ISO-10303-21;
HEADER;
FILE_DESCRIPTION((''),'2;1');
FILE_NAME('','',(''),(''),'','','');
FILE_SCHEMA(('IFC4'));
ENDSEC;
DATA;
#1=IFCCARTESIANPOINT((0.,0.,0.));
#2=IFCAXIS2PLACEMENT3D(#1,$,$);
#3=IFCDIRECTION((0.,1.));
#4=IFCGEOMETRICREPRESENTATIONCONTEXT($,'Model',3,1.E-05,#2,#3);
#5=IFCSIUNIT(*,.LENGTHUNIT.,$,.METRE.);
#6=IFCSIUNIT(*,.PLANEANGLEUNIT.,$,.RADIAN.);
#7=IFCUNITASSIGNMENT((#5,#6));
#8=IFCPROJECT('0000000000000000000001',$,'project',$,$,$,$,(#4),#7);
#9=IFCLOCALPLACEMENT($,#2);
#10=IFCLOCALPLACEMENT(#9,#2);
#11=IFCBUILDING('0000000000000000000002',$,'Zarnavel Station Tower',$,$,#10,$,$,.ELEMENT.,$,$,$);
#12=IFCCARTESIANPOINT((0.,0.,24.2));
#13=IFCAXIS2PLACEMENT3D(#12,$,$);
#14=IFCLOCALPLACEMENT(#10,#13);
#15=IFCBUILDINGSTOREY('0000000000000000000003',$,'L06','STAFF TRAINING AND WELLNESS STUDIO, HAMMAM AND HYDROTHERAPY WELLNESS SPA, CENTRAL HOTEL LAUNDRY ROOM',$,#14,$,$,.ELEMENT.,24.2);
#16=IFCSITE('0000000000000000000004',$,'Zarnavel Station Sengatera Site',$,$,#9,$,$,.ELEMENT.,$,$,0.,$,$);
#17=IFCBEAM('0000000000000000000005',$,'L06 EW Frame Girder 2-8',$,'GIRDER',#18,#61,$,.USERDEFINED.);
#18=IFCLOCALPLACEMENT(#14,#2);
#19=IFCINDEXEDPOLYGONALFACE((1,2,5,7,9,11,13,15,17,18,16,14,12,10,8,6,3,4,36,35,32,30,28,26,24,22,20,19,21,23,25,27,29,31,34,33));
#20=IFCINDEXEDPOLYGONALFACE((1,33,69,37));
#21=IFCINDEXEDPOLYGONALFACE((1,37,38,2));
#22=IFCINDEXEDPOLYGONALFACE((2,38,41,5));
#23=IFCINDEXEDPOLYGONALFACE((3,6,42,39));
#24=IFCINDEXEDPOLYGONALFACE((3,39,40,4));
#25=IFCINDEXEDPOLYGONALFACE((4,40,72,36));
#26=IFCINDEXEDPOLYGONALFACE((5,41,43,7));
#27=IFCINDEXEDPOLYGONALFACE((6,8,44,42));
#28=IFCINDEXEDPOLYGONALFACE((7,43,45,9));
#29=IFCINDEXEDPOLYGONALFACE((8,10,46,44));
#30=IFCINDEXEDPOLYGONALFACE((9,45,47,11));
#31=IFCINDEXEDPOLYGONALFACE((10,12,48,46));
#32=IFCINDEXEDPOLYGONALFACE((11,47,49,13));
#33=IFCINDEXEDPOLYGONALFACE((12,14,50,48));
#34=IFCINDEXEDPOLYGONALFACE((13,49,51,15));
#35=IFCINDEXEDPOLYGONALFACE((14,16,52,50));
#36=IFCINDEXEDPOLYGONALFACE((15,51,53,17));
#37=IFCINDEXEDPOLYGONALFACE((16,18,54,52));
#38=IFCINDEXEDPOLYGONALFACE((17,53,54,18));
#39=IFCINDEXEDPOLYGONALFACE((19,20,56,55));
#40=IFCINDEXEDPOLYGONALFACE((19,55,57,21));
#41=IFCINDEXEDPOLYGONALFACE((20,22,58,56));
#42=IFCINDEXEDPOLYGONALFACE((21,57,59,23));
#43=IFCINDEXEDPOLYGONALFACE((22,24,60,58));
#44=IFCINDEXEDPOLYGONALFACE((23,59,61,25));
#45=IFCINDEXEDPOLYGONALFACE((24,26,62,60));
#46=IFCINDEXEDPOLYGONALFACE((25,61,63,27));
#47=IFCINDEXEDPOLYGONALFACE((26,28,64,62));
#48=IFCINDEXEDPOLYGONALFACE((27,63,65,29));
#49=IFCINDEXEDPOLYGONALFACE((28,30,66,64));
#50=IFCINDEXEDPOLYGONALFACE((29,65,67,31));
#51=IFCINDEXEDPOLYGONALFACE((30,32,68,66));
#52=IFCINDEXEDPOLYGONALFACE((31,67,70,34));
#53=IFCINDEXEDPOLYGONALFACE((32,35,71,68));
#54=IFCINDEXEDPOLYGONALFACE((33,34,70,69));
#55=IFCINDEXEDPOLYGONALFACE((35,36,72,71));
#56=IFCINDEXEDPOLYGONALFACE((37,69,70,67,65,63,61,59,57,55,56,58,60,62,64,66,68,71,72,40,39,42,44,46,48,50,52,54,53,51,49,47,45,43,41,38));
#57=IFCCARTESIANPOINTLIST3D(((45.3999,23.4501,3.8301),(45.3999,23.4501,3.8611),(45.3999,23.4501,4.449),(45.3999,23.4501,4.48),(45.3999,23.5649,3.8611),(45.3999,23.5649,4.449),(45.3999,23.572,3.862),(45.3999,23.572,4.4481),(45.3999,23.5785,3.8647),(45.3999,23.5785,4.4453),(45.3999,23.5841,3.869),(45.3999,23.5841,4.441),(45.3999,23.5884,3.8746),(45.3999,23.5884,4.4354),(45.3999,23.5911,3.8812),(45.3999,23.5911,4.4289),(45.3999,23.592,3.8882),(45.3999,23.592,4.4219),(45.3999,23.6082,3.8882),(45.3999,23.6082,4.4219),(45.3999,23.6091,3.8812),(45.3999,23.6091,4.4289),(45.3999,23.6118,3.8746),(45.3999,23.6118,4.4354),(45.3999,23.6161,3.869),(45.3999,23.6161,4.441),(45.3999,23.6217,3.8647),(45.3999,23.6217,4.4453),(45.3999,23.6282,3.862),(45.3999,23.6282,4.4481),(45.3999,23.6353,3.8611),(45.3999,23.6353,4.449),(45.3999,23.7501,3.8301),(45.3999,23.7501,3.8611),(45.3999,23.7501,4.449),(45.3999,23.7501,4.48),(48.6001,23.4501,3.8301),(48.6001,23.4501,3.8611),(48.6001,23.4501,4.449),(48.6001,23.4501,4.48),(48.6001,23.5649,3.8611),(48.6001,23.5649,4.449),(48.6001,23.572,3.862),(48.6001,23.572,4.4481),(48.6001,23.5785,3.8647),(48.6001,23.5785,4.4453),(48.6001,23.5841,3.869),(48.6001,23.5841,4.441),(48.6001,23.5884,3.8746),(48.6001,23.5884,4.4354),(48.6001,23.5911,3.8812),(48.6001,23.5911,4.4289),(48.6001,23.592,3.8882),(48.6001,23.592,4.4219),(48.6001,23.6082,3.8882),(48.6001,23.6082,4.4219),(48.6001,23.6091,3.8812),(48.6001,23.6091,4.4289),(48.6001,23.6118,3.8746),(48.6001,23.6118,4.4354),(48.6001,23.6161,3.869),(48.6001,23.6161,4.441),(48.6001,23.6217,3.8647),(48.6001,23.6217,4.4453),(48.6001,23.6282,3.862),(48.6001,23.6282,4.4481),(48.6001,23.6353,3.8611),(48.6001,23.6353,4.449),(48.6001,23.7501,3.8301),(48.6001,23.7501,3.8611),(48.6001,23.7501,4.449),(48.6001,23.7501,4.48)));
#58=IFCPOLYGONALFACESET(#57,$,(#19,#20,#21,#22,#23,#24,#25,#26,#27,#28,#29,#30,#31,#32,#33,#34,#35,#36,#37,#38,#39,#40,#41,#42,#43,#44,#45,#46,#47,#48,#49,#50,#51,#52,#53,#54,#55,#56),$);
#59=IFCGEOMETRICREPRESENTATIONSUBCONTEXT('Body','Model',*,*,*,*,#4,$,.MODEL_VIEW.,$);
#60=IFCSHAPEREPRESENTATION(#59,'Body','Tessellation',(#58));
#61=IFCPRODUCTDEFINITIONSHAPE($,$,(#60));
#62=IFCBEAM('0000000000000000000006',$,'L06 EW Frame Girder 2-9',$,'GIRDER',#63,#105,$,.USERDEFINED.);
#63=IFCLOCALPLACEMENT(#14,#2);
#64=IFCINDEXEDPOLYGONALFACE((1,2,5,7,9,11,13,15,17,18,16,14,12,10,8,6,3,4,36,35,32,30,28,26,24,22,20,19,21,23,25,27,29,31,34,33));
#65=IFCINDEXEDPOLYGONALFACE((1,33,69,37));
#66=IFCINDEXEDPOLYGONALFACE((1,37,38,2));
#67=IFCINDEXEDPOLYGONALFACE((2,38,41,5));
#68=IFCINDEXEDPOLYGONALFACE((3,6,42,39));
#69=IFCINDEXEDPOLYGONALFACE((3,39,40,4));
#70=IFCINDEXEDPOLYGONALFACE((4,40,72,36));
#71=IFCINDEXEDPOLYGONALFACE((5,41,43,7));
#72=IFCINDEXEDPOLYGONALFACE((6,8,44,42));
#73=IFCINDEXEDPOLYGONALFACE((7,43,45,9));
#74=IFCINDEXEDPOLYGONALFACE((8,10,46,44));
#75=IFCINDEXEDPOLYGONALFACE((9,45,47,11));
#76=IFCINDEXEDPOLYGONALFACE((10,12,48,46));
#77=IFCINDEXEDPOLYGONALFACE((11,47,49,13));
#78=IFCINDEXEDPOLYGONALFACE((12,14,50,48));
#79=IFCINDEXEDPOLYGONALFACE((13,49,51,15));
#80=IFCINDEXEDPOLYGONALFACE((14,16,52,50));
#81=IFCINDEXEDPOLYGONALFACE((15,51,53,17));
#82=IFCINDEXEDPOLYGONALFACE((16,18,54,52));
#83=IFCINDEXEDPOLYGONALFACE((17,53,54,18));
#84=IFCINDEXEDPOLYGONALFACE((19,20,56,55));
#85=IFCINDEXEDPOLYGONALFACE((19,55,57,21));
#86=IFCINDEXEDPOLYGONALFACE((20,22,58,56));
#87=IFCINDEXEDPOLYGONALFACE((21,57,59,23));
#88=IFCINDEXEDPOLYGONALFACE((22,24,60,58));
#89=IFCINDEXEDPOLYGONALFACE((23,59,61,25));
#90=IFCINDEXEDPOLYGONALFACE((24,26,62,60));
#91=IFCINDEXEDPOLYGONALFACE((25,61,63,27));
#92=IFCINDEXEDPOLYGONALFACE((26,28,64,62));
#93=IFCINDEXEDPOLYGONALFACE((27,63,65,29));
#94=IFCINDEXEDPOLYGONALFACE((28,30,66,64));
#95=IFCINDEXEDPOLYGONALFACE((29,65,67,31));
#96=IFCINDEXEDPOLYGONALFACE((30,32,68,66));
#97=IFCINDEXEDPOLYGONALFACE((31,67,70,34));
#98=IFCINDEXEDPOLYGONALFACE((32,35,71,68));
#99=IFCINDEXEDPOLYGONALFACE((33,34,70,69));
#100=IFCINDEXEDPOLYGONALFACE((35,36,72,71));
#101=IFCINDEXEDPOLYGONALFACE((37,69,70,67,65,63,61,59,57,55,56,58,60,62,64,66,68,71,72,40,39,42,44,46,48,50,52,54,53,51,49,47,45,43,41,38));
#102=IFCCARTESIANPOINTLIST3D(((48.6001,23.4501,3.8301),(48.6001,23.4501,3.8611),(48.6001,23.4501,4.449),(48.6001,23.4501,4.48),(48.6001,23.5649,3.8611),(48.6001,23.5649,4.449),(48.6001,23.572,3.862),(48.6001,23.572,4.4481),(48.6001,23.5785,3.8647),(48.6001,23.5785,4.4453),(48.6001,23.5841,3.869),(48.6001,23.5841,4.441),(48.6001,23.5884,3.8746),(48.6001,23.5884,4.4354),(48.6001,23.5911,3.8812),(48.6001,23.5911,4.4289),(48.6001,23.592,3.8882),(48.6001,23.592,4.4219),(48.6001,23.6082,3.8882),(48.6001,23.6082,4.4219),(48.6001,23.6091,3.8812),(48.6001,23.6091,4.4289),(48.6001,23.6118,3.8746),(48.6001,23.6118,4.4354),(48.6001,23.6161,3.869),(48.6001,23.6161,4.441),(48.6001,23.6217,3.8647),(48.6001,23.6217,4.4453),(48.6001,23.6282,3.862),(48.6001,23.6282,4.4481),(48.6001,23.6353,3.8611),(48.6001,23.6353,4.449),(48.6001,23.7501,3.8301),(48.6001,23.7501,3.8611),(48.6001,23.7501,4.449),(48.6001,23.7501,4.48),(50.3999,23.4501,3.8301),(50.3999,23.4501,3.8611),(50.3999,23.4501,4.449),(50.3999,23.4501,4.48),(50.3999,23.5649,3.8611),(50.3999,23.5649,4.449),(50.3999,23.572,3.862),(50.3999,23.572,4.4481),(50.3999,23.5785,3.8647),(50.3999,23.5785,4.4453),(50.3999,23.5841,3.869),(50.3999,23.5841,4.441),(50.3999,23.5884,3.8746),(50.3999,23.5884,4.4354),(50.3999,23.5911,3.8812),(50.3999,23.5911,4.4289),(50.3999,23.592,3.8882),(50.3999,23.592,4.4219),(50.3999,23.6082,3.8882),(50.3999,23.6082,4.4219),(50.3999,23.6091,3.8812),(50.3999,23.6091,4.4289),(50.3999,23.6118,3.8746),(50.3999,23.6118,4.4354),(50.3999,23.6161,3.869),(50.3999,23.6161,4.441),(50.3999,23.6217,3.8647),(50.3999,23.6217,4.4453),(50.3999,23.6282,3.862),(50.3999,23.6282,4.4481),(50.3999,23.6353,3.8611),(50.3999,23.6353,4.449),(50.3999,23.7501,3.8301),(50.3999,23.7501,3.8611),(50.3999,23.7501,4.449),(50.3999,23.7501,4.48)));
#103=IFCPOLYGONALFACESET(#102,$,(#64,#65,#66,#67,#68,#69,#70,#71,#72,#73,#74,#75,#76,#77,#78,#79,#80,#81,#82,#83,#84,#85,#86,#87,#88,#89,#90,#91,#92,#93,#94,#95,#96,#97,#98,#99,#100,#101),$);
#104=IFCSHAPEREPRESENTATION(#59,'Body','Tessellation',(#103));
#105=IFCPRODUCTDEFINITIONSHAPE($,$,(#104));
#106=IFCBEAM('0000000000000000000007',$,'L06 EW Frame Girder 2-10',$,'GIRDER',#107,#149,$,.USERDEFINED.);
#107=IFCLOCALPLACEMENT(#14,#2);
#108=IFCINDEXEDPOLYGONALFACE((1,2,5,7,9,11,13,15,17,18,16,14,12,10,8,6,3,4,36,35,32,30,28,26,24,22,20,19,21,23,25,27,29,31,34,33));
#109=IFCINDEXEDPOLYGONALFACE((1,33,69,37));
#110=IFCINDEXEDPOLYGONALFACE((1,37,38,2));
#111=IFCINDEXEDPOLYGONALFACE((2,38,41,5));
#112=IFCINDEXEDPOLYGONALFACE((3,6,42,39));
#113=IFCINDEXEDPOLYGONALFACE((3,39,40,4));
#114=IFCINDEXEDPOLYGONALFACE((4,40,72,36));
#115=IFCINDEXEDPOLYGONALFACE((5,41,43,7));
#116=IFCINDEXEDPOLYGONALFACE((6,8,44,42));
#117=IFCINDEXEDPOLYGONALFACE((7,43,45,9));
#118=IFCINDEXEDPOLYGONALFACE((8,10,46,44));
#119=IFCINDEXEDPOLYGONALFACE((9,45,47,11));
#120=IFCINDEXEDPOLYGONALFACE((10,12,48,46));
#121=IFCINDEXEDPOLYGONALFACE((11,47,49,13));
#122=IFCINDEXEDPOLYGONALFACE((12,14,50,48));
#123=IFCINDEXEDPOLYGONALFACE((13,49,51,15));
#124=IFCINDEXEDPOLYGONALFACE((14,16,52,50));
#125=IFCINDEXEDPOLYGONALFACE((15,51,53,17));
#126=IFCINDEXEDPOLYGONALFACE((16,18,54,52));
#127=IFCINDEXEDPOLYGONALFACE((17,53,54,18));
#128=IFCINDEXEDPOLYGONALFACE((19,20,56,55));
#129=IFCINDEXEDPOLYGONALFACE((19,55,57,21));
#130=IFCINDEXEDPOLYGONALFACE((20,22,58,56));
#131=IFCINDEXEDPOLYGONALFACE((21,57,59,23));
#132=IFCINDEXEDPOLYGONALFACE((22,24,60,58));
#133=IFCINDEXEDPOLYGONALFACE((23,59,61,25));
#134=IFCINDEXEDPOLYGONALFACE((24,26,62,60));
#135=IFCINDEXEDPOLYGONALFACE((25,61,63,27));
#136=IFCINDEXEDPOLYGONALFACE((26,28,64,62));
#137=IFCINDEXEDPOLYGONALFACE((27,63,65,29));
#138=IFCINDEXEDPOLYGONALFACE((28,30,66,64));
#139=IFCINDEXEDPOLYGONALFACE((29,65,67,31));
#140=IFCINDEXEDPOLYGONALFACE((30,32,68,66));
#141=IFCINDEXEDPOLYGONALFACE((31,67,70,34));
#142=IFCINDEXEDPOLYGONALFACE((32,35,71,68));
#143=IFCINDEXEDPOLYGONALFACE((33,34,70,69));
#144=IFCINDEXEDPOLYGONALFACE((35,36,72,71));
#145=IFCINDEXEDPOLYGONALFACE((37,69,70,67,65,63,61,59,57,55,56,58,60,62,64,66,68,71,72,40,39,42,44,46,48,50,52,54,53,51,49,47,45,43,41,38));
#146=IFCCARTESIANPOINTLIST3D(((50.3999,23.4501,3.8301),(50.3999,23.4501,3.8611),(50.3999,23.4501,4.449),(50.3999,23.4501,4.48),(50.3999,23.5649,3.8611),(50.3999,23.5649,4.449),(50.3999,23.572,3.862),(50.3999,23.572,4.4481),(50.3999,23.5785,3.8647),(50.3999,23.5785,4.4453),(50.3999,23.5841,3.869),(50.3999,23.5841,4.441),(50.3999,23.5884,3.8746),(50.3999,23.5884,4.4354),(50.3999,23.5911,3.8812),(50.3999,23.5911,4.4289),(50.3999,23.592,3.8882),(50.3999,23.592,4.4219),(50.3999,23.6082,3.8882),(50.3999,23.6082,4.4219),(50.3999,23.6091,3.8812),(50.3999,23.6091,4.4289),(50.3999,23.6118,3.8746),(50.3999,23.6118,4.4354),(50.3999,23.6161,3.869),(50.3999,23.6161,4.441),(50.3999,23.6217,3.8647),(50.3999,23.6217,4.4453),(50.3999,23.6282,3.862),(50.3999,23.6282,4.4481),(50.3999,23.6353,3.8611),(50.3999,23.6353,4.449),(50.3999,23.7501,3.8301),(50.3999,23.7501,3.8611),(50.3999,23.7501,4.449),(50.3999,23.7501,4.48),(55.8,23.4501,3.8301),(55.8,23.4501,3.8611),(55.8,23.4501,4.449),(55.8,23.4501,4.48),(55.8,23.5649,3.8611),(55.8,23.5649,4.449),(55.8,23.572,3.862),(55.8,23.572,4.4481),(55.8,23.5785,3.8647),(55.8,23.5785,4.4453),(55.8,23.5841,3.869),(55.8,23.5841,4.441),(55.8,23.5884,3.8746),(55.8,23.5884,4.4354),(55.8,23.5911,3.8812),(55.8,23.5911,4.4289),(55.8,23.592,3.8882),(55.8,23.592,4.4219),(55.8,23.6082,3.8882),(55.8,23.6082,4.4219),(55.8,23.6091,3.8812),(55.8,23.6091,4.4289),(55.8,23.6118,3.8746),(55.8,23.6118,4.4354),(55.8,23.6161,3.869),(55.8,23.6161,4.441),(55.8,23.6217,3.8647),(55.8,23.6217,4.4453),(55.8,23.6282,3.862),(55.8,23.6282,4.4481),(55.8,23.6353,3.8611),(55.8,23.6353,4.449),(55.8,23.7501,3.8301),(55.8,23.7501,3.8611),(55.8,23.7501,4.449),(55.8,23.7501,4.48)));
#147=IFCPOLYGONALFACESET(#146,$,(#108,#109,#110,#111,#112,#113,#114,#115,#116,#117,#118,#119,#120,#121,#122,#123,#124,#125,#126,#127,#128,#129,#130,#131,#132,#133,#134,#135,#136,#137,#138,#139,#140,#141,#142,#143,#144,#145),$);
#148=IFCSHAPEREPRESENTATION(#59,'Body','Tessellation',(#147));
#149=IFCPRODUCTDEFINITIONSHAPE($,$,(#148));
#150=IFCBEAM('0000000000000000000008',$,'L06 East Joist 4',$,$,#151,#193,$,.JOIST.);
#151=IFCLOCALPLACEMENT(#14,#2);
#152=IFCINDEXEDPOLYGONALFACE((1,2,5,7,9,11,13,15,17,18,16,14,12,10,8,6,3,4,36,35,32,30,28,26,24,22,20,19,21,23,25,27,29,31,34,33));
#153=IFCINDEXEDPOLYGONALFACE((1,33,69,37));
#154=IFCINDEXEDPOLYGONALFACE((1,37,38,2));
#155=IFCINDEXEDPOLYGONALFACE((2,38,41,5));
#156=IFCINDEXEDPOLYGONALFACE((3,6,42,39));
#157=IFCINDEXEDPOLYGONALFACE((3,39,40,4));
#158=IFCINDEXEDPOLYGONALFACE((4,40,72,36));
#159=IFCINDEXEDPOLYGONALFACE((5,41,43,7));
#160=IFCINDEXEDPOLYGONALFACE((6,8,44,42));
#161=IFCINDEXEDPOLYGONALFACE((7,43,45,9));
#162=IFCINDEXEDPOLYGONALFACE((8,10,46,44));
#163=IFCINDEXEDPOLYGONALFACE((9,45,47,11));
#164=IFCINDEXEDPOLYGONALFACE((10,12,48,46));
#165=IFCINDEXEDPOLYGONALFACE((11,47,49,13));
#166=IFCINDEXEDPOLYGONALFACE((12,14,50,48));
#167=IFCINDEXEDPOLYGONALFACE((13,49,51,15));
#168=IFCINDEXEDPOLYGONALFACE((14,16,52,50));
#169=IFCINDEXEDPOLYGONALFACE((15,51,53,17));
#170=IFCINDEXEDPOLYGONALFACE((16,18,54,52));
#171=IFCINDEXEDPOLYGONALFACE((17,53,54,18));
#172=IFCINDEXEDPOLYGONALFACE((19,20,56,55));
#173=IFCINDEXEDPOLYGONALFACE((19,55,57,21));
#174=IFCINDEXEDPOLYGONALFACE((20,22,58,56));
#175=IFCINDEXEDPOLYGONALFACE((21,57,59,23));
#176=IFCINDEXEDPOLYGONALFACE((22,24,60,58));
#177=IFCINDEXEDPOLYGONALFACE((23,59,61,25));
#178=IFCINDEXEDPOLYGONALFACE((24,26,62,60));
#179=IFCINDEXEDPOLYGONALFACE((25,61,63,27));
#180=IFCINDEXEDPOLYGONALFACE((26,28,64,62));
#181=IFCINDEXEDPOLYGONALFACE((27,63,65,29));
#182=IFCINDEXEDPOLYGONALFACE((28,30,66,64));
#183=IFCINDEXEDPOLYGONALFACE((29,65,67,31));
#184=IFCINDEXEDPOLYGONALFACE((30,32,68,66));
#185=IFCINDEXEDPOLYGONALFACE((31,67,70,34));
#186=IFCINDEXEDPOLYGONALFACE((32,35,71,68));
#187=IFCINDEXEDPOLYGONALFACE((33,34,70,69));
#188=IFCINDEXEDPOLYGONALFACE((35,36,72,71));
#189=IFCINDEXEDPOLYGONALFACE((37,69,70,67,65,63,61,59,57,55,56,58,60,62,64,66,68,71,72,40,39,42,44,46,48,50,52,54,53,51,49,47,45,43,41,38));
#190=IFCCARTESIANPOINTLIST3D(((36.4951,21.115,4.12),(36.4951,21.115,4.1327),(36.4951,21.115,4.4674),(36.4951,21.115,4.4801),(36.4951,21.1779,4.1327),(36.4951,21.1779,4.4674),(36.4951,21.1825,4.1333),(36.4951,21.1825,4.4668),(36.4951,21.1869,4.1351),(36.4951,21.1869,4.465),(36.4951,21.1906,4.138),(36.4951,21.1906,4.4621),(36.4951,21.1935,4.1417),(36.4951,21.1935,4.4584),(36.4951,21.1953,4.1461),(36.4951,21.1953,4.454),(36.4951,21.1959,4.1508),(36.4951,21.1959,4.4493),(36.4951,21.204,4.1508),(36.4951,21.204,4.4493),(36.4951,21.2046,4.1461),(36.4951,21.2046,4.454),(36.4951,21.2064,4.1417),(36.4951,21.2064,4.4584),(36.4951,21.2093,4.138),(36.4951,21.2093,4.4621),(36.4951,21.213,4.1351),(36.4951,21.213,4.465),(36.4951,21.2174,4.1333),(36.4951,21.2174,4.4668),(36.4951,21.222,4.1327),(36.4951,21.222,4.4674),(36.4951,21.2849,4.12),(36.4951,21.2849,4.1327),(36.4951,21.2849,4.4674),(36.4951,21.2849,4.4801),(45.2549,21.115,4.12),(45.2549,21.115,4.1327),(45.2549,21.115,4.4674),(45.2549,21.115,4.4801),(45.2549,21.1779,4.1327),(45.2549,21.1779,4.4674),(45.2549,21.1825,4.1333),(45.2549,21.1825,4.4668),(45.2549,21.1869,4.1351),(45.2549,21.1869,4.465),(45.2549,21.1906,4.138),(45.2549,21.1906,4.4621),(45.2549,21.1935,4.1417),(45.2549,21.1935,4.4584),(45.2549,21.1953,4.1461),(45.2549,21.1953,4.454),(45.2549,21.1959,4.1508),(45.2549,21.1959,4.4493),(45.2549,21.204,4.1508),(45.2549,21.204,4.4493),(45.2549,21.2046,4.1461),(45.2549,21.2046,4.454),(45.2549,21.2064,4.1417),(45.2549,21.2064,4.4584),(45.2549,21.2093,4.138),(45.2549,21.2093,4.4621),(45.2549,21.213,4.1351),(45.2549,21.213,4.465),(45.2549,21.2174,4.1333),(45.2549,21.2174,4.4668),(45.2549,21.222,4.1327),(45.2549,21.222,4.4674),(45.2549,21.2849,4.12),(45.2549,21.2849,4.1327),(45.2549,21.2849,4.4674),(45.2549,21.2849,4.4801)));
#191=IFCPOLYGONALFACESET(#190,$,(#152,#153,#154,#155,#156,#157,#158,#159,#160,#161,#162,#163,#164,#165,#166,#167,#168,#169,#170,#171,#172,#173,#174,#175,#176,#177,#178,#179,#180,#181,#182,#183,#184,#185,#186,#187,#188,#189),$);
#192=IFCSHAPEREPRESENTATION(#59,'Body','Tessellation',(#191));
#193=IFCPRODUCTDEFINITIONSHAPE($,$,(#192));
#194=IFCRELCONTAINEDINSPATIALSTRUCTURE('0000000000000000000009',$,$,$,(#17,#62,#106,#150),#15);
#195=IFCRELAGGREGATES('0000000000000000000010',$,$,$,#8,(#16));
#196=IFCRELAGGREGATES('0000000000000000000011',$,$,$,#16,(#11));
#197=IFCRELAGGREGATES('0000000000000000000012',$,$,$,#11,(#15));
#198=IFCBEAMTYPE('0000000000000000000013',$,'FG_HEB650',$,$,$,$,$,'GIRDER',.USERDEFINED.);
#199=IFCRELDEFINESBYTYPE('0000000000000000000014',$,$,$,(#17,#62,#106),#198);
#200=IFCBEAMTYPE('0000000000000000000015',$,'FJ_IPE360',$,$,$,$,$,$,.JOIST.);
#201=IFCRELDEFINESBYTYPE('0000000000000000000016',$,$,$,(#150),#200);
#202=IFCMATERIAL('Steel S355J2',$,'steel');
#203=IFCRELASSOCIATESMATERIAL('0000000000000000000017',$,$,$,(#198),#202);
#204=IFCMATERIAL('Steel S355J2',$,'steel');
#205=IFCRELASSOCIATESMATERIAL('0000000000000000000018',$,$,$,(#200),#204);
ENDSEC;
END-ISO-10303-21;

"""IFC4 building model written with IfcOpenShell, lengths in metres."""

from ifc_helpers import new_model, si_unit, direction, frame, origin, origin_2d, place, context, subcontext, project, spatial, i_section, extrude, material, material_profile, profile_set, type_object, element, save


model = new_model("IFC4")

# Units and contexts
model_context = context("Model", 3, precision=1e-05, world=origin(), true_north=direction((0.0, 1.0)))
body_context = subcontext(model_context, "Body", "Model", "MODEL_VIEW")
ifc_project = project(units=[si_unit("LENGTHUNIT", "METRE"), si_unit("PLANEANGLEUNIT", "RADIAN")], contexts=[model_context])

# Site, building, storey
site_placement = place(None, origin())
site = spatial("IfcSite", under=ifc_project, at=site_placement, Name="Zarnavel Station Sengatera Site", CompositionType="ELEMENT", RefElevation=0.0)
building_placement = place(site_placement, origin())
building = spatial("IfcBuilding", under=site, at=building_placement, Name="Zarnavel Station Tower", CompositionType="ELEMENT")
storey_placement = place(building_placement, frame((0.0, 0.0, 24.2)))
storey = spatial("IfcBuildingStorey", under=building, at=storey_placement, Name="L06", Description="STAFF TRAINING AND WELLNESS STUDIO, HAMMAM AND HYDROTHERAPY WELLNESS SPA, CENTRAL HOTEL LAUNDRY ROOM", CompositionType="ELEMENT", Elevation=24.2)

# Beams
ifc_material_1 = material(Name="Steel S355J2", Category="steel")
ifc_material_profile_1 = material_profile(ifc_material_1, i_section(OverallWidth=0.3, OverallDepth=0.6499, WebThickness=0.0161, FlangeThickness=0.031, FilletRadius=0.0271, at=origin_2d()), Name="HEB650")
ifc_profile_set_1 = profile_set([ifc_material_profile_1], Name="Steel S355J2")
beam_type_1 = type_object("IfcBeamType", Name="FG_HEB650", ElementType="GIRDER", PredefinedType="USERDEFINED", material=ifc_profile_set_1)
beam_1_placement = place(storey_placement, frame((45.3999, 23.6001, 4.155), z_axis=(1.0, 0.0, 0.0), x_axis=(0.0, 1.0, 0.0)))
element("IfcBeam", 1, at=beam_1_placement, inside=storey, type_object=beam_type_1, Name="L06 EW Frame Girder 2-8", ObjectType="GIRDER", PredefinedType="USERDEFINED", context=body_context, shape_type="SweptSolid", body=[
    extrude(i_section(OverallWidth=0.3, OverallDepth=0.6499, WebThickness=0.0161, FlangeThickness=0.031, FilletRadius=0.0271, at=origin_2d()), origin(), (0.0, 0.0, 1.0), 3.2002),
])
beam_2_placement = place(storey_placement, frame((48.6001, 23.6001, 4.155), z_axis=(1.0, 0.0, 0.0), x_axis=(0.0, 1.0, 0.0)))
element("IfcBeam", 2, at=beam_2_placement, inside=storey, type_object=beam_type_1, Name="L06 EW Frame Girder 2-9", ObjectType="GIRDER", PredefinedType="USERDEFINED", context=body_context, shape_type="SweptSolid", body=[
    extrude(i_section(OverallWidth=0.3, OverallDepth=0.6499, WebThickness=0.0161, FlangeThickness=0.031, FilletRadius=0.0271, at=origin_2d()), origin(), (0.0, 0.0, 1.0), 1.7998),
])
beam_3_placement = place(storey_placement, frame((50.3999, 23.6001, 4.155), z_axis=(1.0, 0.0, 0.0), x_axis=(0.0, 1.0, 0.0)))
element("IfcBeam", 3, at=beam_3_placement, inside=storey, type_object=beam_type_1, Name="L06 EW Frame Girder 2-10", ObjectType="GIRDER", PredefinedType="USERDEFINED", context=body_context, shape_type="SweptSolid", body=[
    extrude(i_section(OverallWidth=0.3, OverallDepth=0.6499, WebThickness=0.0161, FlangeThickness=0.031, FilletRadius=0.0271, at=origin_2d()), origin(), (0.0, 0.0, 1.0), 5.4001),
])
ifc_material_2 = material(Name="Steel S355J2", Category="steel")
ifc_material_profile_2 = material_profile(ifc_material_2, i_section(OverallWidth=0.1699, OverallDepth=0.3601, WebThickness=0.0081, FlangeThickness=0.0127, FilletRadius=0.0181, at=origin_2d()), Name="IPE360")
ifc_profile_set_2 = profile_set([ifc_material_profile_2], Name="Steel S355J2")
beam_type_2 = type_object("IfcBeamType", Name="FJ_IPE360", PredefinedType="JOIST", material=ifc_profile_set_2)
beam_4_placement = place(storey_placement, frame((36.4951, 21.2, 4.3), z_axis=(1.0, 0.0, 0.0), x_axis=(0.0, 1.0, 0.0)))
element("IfcBeam", 4, at=beam_4_placement, inside=storey, type_object=beam_type_2, Name="L06 East Joist 4", PredefinedType="JOIST", context=body_context, shape_type="SweptSolid", body=[
    extrude(i_section(OverallWidth=0.1699, OverallDepth=0.3601, WebThickness=0.0081, FlangeThickness=0.0127, FilletRadius=0.0181, at=origin_2d()), origin(), (0.0, 0.0, 1.0), 8.7598),
])

save(model, "model.ifc")
